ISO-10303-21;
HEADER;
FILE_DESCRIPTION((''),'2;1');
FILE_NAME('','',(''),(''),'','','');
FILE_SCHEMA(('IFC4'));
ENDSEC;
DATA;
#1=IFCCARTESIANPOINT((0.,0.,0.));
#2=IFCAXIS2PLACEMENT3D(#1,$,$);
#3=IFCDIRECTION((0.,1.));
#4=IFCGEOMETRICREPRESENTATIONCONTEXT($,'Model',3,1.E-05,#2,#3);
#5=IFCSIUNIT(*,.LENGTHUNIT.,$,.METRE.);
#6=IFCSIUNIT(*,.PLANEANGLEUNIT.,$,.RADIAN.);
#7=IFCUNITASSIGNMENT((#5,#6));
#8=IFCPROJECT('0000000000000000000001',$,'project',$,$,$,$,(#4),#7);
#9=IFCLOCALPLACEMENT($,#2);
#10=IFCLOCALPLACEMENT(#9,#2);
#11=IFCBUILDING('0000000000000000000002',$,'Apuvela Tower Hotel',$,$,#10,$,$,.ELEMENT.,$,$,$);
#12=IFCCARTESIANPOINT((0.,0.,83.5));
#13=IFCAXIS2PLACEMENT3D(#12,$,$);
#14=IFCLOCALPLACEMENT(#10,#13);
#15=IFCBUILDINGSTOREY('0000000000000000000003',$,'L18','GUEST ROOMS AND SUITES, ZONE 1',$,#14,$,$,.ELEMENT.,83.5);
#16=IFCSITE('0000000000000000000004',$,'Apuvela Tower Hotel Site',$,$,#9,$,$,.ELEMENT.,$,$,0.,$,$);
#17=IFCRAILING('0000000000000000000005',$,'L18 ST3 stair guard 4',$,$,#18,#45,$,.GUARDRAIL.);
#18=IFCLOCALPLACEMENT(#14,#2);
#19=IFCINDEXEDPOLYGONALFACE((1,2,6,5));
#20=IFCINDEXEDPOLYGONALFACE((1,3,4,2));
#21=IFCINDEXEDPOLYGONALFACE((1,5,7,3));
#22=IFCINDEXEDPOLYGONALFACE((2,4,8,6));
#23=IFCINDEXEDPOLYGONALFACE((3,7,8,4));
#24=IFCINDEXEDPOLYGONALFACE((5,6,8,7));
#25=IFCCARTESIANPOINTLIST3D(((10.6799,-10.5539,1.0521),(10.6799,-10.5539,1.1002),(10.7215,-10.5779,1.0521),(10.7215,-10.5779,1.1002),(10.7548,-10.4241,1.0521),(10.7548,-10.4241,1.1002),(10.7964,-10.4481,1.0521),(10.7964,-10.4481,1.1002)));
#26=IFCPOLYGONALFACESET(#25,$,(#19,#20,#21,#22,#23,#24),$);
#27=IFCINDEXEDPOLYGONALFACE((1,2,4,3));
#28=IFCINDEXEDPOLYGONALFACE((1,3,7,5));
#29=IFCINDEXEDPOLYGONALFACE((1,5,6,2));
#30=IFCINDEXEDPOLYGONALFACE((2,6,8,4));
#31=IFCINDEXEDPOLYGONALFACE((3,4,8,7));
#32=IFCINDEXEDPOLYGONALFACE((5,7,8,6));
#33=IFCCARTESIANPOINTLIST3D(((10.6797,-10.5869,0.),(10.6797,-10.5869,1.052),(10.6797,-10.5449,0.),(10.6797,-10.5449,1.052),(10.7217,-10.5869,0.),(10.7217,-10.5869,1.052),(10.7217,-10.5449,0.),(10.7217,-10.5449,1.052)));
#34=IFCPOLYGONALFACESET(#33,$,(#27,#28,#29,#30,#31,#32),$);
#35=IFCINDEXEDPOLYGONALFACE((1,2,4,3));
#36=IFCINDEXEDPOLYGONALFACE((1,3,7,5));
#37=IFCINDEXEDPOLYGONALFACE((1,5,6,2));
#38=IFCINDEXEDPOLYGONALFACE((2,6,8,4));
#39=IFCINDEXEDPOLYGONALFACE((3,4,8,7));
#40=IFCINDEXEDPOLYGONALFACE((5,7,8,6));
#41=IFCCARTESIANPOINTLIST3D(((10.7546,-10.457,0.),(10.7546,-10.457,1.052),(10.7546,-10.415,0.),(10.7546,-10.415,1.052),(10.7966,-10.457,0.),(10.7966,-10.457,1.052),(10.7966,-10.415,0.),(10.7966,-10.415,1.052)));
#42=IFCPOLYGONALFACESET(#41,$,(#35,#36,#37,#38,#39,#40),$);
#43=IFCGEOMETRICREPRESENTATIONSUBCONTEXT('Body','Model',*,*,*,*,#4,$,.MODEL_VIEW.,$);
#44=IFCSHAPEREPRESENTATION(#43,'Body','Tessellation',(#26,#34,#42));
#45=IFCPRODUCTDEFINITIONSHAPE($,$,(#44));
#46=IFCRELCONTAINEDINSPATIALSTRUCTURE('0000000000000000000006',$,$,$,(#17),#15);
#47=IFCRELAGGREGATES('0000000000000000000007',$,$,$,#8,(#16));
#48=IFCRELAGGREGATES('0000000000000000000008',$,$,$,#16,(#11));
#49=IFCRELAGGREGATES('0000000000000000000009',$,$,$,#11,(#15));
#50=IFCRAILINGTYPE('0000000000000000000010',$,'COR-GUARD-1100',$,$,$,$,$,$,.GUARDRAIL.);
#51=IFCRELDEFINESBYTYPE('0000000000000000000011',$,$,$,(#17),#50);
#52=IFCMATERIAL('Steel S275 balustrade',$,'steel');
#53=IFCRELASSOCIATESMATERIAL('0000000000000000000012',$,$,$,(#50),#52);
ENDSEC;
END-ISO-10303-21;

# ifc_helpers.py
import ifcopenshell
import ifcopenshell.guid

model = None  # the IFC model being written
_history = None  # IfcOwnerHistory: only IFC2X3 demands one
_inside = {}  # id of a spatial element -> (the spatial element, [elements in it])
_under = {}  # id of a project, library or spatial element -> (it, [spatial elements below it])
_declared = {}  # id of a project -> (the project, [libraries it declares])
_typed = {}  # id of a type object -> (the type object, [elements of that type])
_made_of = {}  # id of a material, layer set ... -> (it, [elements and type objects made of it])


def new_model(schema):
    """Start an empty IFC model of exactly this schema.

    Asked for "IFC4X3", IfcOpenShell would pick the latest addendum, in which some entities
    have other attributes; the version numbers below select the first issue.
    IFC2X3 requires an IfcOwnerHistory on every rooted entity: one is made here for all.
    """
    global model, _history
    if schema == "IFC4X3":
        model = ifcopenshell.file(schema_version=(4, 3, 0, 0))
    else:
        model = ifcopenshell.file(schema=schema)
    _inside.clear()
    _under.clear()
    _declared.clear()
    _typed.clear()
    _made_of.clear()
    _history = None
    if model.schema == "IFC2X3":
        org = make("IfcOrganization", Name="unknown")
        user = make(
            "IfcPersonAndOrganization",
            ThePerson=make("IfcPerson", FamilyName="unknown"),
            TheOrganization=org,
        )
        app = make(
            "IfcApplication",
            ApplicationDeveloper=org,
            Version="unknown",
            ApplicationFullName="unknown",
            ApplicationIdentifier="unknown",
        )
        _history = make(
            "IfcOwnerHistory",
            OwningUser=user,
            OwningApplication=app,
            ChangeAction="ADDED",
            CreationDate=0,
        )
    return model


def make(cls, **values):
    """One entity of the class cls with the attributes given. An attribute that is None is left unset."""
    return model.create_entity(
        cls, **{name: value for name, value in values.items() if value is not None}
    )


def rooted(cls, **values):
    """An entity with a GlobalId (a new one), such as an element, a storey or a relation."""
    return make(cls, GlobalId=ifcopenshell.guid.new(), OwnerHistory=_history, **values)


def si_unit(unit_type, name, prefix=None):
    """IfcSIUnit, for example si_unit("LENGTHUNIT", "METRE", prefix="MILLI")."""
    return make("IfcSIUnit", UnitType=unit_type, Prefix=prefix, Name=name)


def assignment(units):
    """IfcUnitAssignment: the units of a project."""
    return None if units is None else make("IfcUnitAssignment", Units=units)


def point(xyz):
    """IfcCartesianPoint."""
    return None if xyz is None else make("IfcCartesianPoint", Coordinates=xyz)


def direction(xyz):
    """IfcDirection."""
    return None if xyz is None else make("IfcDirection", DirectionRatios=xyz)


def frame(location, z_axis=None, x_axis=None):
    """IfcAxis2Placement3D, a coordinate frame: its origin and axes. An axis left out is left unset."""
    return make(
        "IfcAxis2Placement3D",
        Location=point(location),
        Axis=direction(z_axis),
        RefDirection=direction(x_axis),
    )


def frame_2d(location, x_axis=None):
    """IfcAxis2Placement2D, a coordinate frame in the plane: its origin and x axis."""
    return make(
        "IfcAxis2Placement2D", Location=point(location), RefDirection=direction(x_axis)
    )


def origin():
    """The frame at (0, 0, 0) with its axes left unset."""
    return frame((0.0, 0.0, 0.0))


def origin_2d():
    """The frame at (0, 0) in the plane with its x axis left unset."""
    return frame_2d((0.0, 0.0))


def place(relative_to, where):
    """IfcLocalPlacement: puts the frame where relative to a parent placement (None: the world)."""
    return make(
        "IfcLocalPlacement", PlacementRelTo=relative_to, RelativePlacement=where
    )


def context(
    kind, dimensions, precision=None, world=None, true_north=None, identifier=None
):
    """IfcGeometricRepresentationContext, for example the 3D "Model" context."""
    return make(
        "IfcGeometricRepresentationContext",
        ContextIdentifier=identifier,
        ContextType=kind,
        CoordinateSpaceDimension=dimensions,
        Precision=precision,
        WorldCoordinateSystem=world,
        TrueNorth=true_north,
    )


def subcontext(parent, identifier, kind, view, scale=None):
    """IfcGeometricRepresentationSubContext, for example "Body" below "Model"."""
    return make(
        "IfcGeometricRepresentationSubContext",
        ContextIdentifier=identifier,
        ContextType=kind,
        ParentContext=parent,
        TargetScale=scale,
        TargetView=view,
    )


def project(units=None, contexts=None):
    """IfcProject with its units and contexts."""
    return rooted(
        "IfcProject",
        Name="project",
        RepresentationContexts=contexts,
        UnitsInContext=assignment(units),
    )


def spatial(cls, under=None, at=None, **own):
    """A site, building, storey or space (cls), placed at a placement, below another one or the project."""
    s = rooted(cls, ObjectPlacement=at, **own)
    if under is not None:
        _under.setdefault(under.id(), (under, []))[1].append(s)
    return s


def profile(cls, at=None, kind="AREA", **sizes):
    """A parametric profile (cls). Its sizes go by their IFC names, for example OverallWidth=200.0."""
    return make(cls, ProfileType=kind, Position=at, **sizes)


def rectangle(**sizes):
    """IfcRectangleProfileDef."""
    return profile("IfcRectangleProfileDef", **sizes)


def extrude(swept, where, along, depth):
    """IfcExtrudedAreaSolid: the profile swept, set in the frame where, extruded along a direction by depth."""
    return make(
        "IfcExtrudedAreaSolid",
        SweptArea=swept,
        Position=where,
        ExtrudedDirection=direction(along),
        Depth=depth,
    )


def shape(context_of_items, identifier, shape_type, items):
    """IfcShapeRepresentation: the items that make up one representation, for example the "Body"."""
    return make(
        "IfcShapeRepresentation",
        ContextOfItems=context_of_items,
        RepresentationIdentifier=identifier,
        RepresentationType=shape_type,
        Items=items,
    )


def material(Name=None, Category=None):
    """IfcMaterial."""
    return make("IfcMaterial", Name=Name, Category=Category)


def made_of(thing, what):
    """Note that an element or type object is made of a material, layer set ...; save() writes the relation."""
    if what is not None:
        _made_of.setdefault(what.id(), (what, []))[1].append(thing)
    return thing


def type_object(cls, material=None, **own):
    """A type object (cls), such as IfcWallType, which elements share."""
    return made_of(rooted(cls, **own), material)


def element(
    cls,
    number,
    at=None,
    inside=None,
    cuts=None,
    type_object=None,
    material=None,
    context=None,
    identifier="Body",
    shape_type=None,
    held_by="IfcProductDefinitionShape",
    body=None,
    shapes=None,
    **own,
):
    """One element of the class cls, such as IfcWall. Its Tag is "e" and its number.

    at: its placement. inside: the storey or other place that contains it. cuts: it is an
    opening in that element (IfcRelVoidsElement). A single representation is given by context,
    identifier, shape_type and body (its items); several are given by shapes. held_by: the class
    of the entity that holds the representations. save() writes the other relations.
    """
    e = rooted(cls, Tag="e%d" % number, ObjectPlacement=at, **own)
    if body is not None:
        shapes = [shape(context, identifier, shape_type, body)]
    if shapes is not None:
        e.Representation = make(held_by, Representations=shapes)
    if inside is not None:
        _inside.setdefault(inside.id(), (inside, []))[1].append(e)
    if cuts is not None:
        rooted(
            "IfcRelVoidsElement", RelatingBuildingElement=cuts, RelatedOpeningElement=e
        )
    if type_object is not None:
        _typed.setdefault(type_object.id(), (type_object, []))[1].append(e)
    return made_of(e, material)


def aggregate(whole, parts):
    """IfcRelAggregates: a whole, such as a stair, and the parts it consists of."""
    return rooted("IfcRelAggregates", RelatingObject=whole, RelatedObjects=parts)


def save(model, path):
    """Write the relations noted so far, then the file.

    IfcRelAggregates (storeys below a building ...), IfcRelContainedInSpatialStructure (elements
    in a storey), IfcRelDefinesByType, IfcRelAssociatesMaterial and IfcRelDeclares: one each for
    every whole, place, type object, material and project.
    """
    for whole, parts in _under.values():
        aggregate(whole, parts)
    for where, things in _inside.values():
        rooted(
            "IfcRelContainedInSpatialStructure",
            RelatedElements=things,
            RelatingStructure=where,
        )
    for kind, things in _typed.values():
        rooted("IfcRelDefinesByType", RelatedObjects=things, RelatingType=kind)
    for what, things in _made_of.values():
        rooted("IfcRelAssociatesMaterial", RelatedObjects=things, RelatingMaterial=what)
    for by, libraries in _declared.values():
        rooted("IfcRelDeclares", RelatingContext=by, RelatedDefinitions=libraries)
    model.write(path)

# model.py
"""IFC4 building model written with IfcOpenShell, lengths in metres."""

from ifc_helpers import new_model, si_unit, direction, frame, origin, origin_2d, place, context, subcontext, project, spatial, rectangle, extrude, material, type_object, element, save


model = new_model("IFC4")

# Units and contexts
model_context = context("Model", 3, precision=1e-05, world=origin(), true_north=direction((0.0, 1.0)))
body_context = subcontext(model_context, "Body", "Model", "MODEL_VIEW")
ifc_project = project(units=[si_unit("LENGTHUNIT", "METRE"), si_unit("PLANEANGLEUNIT", "RADIAN")], contexts=[model_context])

# Site, building, storey
site_placement = place(None, origin())
site = spatial("IfcSite", under=ifc_project, at=site_placement, Name="Apuvela Tower Hotel Site", CompositionType="ELEMENT", RefElevation=0.0)
building_placement = place(site_placement, origin())
building = spatial("IfcBuilding", under=site, at=building_placement, Name="Apuvela Tower Hotel", CompositionType="ELEMENT")
storey_placement = place(building_placement, frame((0.0, 0.0, 83.5)))
storey = spatial("IfcBuildingStorey", under=building, at=storey_placement, Name="L18", Description="GUEST ROOMS AND SUITES, ZONE 1", CompositionType="ELEMENT", Elevation=83.5)

# Railing
ifc_material_1 = material(Name="Steel S275 balustrade", Category="steel")
railing_type = type_object("IfcRailingType", Name="COR-GUARD-1100", PredefinedType="GUARDRAIL", material=ifc_material_1)
railing_1_placement = place(storey_placement, frame((10.7007, -10.5659, 0.0)))
element("IfcRailing", 1, at=railing_1_placement, inside=storey, type_object=railing_type, Name="L18 ST3 stair guard 4", PredefinedType="GUARDRAIL", context=body_context, shape_type="SweptSolid", body=[
    extrude(rectangle(XDim=0.0481, YDim=0.0481, at=origin_2d()), frame((0.0, 0.0, 1.0762), z_axis=(0.499816, 0.866131, 0.0), x_axis=(-0.866131, 0.499816, 0.0)), (0.0, 0.0, 1.0), 0.1499),
    extrude(rectangle(XDim=0.042, YDim=0.042, at=origin_2d()), origin(), (0.0, 0.0, 1.0), 1.052),
    extrude(rectangle(XDim=0.042, YDim=0.042, at=origin_2d()), frame((0.075, 0.1299, 0.0)), (0.0, 0.0, 1.0), 1.052),
])

save(model, "model.ifc")
